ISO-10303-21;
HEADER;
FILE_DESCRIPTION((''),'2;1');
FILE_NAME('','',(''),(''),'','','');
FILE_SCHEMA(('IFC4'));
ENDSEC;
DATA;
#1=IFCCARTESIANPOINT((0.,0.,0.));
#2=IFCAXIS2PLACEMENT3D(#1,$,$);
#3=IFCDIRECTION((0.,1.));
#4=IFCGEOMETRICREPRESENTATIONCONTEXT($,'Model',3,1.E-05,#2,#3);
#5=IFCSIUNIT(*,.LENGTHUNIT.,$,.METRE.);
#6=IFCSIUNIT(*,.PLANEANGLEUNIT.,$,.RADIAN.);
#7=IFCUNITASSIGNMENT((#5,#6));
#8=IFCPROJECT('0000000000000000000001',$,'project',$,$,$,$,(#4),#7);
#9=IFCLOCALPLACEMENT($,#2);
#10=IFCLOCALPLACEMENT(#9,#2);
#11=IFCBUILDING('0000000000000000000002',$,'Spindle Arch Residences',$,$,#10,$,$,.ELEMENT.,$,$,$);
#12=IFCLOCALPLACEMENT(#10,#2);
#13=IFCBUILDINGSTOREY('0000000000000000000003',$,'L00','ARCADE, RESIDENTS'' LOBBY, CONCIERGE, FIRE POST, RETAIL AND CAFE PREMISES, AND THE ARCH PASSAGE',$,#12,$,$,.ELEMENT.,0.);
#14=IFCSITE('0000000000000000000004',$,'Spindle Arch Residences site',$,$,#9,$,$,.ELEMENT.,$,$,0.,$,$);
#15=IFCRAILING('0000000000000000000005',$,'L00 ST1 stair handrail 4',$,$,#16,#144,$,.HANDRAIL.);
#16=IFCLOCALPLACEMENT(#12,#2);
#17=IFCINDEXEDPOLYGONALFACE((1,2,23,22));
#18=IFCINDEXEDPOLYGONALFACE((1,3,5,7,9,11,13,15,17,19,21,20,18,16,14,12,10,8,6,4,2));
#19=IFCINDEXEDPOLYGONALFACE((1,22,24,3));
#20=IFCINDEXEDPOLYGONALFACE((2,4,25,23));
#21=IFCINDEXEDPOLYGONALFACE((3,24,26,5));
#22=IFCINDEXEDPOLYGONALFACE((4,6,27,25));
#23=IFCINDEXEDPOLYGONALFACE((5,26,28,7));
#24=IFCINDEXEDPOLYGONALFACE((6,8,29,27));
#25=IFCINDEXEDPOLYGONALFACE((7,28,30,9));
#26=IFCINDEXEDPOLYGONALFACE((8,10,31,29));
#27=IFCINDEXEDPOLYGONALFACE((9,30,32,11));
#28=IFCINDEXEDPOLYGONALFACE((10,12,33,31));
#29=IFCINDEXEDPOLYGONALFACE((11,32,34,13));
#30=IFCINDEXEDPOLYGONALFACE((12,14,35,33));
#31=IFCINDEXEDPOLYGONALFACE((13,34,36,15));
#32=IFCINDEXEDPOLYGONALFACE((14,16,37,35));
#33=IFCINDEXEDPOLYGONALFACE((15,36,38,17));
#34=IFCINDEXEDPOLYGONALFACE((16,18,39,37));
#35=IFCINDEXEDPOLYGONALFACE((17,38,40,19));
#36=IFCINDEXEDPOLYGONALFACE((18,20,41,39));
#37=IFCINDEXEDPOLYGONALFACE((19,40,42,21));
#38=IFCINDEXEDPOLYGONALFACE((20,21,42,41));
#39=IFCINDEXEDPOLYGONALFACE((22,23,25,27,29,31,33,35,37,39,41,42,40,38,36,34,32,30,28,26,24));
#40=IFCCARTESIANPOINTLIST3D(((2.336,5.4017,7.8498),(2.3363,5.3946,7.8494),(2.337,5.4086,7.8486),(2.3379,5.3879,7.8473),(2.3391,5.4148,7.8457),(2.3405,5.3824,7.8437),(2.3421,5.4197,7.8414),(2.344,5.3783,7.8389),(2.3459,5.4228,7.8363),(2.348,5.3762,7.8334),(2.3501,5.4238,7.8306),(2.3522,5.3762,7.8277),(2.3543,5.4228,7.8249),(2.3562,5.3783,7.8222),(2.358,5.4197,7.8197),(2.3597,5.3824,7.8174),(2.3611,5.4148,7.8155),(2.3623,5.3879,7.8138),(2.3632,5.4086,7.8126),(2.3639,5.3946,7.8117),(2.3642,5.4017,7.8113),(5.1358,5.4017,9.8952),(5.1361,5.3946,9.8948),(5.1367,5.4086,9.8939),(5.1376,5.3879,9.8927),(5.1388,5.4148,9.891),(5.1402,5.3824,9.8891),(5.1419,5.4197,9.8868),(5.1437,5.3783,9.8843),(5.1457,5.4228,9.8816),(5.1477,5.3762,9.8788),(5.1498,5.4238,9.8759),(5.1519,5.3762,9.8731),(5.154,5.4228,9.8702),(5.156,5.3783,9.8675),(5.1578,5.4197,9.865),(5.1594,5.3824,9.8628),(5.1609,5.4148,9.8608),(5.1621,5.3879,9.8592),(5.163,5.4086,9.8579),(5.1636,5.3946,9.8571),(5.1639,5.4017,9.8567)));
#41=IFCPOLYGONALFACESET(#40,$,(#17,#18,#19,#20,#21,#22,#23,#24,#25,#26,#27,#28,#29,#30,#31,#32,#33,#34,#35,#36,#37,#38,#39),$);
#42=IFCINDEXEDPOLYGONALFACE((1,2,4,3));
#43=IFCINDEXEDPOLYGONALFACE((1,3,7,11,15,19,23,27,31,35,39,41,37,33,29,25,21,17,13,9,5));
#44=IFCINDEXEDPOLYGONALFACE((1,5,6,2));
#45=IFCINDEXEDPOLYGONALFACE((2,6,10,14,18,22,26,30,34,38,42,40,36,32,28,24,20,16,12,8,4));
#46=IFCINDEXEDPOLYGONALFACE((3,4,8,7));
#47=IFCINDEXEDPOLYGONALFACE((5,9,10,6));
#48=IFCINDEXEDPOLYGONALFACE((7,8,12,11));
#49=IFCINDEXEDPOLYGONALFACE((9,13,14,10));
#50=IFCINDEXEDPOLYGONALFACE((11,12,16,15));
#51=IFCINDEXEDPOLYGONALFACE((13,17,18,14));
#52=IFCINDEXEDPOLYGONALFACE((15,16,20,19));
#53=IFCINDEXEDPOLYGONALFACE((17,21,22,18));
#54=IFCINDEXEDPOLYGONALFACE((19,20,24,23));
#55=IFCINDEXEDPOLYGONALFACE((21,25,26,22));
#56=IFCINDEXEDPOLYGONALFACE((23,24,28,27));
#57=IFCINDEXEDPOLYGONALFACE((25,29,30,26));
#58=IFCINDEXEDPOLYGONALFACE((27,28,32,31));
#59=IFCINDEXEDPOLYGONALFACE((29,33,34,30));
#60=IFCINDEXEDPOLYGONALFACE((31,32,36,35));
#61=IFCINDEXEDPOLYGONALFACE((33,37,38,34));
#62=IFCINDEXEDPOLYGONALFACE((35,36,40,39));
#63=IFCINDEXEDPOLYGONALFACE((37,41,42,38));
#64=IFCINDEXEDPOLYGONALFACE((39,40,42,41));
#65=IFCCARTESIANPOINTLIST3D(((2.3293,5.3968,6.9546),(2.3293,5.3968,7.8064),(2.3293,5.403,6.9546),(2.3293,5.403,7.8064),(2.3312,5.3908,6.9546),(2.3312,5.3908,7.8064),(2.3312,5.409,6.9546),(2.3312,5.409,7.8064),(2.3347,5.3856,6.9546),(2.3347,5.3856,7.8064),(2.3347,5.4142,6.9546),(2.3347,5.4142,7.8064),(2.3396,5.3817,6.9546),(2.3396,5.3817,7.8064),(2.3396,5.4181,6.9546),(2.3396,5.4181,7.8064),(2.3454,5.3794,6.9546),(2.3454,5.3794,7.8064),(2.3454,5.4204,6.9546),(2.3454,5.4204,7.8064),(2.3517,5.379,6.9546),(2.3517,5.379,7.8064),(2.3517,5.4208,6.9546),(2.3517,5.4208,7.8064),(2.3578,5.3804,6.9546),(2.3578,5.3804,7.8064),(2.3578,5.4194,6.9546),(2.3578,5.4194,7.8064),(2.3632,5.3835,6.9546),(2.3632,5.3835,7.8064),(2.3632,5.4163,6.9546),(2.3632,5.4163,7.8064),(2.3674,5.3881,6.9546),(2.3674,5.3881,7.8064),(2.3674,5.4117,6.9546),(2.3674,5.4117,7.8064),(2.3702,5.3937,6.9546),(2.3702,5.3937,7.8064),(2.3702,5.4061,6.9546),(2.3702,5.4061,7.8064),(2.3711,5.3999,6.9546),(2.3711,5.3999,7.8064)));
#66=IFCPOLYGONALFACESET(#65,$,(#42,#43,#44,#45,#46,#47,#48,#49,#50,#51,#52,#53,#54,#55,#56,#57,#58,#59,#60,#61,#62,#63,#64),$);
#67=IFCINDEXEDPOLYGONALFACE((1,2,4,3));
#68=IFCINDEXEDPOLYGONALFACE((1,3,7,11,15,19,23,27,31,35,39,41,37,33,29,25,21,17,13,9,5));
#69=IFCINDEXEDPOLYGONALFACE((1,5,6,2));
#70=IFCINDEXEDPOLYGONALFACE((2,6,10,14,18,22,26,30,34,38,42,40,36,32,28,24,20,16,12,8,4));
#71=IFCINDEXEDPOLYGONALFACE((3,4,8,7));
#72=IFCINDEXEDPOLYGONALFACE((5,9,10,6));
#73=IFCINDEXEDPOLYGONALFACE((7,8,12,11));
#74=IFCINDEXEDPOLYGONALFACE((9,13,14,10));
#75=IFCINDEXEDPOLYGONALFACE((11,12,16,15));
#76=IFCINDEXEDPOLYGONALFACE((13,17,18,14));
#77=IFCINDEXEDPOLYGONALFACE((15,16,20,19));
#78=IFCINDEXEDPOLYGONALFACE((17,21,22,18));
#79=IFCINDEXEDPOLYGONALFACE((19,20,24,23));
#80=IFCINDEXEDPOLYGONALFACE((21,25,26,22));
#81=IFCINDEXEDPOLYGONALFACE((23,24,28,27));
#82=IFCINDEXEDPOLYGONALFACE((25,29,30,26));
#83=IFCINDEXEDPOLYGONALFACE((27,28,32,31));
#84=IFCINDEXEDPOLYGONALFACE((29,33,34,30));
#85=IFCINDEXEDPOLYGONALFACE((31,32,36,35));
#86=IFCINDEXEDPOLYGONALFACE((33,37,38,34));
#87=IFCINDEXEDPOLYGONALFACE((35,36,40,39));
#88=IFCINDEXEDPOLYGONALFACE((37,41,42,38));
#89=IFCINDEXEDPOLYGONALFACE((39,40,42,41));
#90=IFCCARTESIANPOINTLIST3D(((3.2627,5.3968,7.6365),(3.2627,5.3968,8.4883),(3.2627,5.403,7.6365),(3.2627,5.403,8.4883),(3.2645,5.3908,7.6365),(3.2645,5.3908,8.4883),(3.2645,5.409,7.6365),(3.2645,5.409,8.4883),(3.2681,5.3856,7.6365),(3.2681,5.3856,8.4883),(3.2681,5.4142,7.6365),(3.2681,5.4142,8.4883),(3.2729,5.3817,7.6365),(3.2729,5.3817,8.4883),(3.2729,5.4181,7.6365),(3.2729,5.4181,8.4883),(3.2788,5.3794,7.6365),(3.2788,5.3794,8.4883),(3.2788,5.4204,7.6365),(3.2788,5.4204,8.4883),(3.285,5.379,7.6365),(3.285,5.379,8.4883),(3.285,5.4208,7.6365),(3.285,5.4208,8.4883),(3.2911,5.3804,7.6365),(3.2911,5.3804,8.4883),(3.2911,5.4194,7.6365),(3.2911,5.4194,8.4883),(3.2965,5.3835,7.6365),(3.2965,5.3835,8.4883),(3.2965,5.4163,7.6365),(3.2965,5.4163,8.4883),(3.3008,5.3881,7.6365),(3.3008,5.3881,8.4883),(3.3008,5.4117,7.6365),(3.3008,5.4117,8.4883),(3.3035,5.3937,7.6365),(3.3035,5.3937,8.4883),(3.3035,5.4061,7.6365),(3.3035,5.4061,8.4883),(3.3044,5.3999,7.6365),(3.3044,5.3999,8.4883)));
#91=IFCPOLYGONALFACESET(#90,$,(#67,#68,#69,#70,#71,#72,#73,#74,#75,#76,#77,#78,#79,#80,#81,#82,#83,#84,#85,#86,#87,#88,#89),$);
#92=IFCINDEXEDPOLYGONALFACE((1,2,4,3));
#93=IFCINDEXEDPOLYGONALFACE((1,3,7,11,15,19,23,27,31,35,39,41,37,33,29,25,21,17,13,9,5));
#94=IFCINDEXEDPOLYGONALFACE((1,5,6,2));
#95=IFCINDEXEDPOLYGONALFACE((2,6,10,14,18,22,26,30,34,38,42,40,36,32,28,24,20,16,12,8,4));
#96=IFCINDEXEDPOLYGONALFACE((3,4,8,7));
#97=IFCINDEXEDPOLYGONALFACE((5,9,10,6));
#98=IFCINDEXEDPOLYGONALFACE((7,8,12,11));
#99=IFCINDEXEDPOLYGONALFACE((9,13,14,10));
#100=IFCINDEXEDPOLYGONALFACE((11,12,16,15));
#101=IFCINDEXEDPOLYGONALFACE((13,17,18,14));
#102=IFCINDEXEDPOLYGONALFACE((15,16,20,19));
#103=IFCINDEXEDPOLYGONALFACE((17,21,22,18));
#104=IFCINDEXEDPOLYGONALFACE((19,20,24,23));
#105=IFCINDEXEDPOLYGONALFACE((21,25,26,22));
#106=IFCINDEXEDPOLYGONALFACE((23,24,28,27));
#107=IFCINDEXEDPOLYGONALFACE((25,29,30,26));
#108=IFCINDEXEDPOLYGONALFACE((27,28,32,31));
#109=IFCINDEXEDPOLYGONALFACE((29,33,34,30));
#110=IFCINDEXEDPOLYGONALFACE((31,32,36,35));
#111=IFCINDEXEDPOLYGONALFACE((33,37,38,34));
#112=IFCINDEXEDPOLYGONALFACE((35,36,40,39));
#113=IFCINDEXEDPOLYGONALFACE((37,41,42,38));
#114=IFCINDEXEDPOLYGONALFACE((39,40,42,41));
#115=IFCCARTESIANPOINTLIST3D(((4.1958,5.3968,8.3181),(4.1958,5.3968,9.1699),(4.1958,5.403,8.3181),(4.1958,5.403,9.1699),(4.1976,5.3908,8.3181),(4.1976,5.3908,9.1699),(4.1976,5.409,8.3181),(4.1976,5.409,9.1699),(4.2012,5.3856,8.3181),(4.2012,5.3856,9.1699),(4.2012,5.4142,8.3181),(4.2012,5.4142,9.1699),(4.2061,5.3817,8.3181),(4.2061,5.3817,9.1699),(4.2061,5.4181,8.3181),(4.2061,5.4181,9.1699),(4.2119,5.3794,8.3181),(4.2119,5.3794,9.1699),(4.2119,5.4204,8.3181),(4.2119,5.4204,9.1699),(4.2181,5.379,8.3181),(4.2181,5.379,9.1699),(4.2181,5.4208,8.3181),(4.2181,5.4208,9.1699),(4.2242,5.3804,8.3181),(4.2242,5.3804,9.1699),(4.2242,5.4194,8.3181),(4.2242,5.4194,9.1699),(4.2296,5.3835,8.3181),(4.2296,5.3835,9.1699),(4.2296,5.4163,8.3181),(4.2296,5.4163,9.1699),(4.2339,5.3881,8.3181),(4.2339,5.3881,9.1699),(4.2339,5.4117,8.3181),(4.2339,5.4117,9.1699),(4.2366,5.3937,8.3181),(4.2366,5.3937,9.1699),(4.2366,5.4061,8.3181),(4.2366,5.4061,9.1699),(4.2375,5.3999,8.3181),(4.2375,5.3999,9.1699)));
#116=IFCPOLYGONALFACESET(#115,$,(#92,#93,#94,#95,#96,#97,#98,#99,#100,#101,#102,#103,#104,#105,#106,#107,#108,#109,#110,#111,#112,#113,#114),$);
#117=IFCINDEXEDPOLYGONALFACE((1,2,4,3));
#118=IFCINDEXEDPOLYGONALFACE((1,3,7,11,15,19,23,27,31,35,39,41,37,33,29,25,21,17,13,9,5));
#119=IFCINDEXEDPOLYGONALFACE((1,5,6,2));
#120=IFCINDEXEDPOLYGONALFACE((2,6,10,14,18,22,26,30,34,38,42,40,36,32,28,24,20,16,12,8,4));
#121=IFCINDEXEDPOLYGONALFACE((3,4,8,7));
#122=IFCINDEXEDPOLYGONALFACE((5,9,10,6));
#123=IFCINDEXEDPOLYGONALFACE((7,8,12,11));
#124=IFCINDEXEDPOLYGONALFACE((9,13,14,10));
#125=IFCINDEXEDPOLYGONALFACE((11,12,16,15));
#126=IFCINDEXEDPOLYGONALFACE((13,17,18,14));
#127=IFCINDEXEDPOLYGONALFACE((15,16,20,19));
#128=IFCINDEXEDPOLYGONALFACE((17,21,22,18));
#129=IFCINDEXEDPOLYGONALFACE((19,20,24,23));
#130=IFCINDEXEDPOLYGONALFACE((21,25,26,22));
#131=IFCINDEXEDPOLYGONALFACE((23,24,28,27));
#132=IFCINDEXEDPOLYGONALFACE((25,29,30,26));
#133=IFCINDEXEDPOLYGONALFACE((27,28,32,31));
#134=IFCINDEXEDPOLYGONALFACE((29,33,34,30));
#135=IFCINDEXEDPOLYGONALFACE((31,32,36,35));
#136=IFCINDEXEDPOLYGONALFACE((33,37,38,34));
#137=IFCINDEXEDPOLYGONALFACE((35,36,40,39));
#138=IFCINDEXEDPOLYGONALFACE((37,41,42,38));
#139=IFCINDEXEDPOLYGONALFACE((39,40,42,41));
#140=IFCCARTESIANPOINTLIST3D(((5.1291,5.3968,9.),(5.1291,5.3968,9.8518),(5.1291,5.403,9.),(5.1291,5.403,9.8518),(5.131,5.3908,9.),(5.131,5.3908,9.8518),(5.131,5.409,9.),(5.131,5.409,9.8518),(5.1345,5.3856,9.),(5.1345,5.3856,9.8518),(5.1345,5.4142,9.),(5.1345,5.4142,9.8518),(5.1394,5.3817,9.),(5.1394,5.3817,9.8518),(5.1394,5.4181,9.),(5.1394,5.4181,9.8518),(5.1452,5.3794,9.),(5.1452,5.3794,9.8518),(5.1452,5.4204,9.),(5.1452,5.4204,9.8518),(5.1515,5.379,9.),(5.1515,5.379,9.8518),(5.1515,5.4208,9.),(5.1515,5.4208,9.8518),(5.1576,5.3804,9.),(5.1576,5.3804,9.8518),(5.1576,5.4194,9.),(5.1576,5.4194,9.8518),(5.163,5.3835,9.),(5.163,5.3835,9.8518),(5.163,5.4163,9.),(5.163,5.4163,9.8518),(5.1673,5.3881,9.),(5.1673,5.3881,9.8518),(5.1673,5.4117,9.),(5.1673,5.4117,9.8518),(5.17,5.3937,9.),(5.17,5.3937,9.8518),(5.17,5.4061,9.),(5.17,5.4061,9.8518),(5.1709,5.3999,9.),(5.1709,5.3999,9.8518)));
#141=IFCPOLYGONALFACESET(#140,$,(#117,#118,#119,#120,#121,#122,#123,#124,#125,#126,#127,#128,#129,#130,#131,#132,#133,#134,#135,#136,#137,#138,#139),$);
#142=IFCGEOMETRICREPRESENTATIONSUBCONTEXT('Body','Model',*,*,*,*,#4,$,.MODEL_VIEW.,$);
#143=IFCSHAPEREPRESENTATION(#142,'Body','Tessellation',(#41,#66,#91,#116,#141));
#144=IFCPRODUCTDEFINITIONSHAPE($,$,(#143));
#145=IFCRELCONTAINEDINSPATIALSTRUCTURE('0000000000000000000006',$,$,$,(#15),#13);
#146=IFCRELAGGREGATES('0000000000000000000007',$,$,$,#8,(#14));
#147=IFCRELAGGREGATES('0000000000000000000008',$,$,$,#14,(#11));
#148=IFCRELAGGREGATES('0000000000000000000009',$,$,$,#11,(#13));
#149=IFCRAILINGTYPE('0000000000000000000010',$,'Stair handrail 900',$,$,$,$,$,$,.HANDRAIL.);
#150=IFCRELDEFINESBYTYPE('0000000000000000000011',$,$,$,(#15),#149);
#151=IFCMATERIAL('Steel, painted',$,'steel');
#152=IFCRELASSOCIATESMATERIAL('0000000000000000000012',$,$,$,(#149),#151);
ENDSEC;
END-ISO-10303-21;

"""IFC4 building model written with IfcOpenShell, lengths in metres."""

from ifc_helpers import new_model, si_unit, direction, frame, origin, origin_2d, place, context, subcontext, project, spatial, circle, extrude, material, type_object, element, save


model = new_model("IFC4")

# Units and contexts
model_context = context("Model", 3, precision=1e-05, world=origin(), true_north=direction((0.0, 1.0)))
body_context = subcontext(model_context, "Body", "Model", "MODEL_VIEW")
ifc_project = project(units=[si_unit("LENGTHUNIT", "METRE"), si_unit("PLANEANGLEUNIT", "RADIAN")], contexts=[model_context])

# Site, building, storey
site_placement = place(None, origin())
site = spatial("IfcSite", under=ifc_project, at=site_placement, Name="Spindle Arch Residences site", CompositionType="ELEMENT", RefElevation=0.0)
building_placement = place(site_placement, origin())
building = spatial("IfcBuilding", under=site, at=building_placement, Name="Spindle Arch Residences", CompositionType="ELEMENT")
storey_placement = place(building_placement, origin())
storey = spatial("IfcBuildingStorey", under=building, at=storey_placement, Name="L00", Description="ARCADE, RESIDENTS' LOBBY, CONCIERGE, FIRE POST, RETAIL AND CAFE PREMISES, AND THE ARCH PASSAGE", CompositionType="ELEMENT", Elevation=0.0)

# Railing
ifc_material_1 = material(Name="Steel, painted", Category="steel")
railing_type_1 = type_object("IfcRailingType", Name="Stair handrail 900", PredefinedType="HANDRAIL", material=ifc_material_1)
railing_1_placement = place(storey_placement, frame((2.3501, 5.3999, 6.9546)))
element("IfcRailing", 1, at=railing_1_placement, inside=storey, type_object=railing_type_1, Name="L00 ST1 stair handrail 4", PredefinedType="HANDRAIL", context=body_context, shape_type="SweptSolid", body=[
    extrude(circle(Radius=0.0239, at=origin_2d()), frame((0.0, 0.0, 0.876), z_axis=(0.807474, 0.0, 0.589904), x_axis=(0.0, 1.0, 0.0)), (0.0, 0.0, 1.0), 3.4673),
    extrude(circle(Radius=0.021, at=origin_2d()), origin(), (0.0, 0.0, 1.0), 0.8518),
    extrude(circle(Radius=0.021, at=origin_2d()), frame((0.9333, 0.0, 0.6819)), (0.0, 0.0, 1.0), 0.8518),
    extrude(circle(Radius=0.021, at=origin_2d()), frame((1.8665, 0.0, 1.3635)), (0.0, 0.0, 1.0), 0.8518),
    extrude(circle(Radius=0.021, at=origin_2d()), frame((2.7998, 0.0, 2.0454)), (0.0, 0.0, 1.0), 0.8518),
])

save(model, "model.ifc")
